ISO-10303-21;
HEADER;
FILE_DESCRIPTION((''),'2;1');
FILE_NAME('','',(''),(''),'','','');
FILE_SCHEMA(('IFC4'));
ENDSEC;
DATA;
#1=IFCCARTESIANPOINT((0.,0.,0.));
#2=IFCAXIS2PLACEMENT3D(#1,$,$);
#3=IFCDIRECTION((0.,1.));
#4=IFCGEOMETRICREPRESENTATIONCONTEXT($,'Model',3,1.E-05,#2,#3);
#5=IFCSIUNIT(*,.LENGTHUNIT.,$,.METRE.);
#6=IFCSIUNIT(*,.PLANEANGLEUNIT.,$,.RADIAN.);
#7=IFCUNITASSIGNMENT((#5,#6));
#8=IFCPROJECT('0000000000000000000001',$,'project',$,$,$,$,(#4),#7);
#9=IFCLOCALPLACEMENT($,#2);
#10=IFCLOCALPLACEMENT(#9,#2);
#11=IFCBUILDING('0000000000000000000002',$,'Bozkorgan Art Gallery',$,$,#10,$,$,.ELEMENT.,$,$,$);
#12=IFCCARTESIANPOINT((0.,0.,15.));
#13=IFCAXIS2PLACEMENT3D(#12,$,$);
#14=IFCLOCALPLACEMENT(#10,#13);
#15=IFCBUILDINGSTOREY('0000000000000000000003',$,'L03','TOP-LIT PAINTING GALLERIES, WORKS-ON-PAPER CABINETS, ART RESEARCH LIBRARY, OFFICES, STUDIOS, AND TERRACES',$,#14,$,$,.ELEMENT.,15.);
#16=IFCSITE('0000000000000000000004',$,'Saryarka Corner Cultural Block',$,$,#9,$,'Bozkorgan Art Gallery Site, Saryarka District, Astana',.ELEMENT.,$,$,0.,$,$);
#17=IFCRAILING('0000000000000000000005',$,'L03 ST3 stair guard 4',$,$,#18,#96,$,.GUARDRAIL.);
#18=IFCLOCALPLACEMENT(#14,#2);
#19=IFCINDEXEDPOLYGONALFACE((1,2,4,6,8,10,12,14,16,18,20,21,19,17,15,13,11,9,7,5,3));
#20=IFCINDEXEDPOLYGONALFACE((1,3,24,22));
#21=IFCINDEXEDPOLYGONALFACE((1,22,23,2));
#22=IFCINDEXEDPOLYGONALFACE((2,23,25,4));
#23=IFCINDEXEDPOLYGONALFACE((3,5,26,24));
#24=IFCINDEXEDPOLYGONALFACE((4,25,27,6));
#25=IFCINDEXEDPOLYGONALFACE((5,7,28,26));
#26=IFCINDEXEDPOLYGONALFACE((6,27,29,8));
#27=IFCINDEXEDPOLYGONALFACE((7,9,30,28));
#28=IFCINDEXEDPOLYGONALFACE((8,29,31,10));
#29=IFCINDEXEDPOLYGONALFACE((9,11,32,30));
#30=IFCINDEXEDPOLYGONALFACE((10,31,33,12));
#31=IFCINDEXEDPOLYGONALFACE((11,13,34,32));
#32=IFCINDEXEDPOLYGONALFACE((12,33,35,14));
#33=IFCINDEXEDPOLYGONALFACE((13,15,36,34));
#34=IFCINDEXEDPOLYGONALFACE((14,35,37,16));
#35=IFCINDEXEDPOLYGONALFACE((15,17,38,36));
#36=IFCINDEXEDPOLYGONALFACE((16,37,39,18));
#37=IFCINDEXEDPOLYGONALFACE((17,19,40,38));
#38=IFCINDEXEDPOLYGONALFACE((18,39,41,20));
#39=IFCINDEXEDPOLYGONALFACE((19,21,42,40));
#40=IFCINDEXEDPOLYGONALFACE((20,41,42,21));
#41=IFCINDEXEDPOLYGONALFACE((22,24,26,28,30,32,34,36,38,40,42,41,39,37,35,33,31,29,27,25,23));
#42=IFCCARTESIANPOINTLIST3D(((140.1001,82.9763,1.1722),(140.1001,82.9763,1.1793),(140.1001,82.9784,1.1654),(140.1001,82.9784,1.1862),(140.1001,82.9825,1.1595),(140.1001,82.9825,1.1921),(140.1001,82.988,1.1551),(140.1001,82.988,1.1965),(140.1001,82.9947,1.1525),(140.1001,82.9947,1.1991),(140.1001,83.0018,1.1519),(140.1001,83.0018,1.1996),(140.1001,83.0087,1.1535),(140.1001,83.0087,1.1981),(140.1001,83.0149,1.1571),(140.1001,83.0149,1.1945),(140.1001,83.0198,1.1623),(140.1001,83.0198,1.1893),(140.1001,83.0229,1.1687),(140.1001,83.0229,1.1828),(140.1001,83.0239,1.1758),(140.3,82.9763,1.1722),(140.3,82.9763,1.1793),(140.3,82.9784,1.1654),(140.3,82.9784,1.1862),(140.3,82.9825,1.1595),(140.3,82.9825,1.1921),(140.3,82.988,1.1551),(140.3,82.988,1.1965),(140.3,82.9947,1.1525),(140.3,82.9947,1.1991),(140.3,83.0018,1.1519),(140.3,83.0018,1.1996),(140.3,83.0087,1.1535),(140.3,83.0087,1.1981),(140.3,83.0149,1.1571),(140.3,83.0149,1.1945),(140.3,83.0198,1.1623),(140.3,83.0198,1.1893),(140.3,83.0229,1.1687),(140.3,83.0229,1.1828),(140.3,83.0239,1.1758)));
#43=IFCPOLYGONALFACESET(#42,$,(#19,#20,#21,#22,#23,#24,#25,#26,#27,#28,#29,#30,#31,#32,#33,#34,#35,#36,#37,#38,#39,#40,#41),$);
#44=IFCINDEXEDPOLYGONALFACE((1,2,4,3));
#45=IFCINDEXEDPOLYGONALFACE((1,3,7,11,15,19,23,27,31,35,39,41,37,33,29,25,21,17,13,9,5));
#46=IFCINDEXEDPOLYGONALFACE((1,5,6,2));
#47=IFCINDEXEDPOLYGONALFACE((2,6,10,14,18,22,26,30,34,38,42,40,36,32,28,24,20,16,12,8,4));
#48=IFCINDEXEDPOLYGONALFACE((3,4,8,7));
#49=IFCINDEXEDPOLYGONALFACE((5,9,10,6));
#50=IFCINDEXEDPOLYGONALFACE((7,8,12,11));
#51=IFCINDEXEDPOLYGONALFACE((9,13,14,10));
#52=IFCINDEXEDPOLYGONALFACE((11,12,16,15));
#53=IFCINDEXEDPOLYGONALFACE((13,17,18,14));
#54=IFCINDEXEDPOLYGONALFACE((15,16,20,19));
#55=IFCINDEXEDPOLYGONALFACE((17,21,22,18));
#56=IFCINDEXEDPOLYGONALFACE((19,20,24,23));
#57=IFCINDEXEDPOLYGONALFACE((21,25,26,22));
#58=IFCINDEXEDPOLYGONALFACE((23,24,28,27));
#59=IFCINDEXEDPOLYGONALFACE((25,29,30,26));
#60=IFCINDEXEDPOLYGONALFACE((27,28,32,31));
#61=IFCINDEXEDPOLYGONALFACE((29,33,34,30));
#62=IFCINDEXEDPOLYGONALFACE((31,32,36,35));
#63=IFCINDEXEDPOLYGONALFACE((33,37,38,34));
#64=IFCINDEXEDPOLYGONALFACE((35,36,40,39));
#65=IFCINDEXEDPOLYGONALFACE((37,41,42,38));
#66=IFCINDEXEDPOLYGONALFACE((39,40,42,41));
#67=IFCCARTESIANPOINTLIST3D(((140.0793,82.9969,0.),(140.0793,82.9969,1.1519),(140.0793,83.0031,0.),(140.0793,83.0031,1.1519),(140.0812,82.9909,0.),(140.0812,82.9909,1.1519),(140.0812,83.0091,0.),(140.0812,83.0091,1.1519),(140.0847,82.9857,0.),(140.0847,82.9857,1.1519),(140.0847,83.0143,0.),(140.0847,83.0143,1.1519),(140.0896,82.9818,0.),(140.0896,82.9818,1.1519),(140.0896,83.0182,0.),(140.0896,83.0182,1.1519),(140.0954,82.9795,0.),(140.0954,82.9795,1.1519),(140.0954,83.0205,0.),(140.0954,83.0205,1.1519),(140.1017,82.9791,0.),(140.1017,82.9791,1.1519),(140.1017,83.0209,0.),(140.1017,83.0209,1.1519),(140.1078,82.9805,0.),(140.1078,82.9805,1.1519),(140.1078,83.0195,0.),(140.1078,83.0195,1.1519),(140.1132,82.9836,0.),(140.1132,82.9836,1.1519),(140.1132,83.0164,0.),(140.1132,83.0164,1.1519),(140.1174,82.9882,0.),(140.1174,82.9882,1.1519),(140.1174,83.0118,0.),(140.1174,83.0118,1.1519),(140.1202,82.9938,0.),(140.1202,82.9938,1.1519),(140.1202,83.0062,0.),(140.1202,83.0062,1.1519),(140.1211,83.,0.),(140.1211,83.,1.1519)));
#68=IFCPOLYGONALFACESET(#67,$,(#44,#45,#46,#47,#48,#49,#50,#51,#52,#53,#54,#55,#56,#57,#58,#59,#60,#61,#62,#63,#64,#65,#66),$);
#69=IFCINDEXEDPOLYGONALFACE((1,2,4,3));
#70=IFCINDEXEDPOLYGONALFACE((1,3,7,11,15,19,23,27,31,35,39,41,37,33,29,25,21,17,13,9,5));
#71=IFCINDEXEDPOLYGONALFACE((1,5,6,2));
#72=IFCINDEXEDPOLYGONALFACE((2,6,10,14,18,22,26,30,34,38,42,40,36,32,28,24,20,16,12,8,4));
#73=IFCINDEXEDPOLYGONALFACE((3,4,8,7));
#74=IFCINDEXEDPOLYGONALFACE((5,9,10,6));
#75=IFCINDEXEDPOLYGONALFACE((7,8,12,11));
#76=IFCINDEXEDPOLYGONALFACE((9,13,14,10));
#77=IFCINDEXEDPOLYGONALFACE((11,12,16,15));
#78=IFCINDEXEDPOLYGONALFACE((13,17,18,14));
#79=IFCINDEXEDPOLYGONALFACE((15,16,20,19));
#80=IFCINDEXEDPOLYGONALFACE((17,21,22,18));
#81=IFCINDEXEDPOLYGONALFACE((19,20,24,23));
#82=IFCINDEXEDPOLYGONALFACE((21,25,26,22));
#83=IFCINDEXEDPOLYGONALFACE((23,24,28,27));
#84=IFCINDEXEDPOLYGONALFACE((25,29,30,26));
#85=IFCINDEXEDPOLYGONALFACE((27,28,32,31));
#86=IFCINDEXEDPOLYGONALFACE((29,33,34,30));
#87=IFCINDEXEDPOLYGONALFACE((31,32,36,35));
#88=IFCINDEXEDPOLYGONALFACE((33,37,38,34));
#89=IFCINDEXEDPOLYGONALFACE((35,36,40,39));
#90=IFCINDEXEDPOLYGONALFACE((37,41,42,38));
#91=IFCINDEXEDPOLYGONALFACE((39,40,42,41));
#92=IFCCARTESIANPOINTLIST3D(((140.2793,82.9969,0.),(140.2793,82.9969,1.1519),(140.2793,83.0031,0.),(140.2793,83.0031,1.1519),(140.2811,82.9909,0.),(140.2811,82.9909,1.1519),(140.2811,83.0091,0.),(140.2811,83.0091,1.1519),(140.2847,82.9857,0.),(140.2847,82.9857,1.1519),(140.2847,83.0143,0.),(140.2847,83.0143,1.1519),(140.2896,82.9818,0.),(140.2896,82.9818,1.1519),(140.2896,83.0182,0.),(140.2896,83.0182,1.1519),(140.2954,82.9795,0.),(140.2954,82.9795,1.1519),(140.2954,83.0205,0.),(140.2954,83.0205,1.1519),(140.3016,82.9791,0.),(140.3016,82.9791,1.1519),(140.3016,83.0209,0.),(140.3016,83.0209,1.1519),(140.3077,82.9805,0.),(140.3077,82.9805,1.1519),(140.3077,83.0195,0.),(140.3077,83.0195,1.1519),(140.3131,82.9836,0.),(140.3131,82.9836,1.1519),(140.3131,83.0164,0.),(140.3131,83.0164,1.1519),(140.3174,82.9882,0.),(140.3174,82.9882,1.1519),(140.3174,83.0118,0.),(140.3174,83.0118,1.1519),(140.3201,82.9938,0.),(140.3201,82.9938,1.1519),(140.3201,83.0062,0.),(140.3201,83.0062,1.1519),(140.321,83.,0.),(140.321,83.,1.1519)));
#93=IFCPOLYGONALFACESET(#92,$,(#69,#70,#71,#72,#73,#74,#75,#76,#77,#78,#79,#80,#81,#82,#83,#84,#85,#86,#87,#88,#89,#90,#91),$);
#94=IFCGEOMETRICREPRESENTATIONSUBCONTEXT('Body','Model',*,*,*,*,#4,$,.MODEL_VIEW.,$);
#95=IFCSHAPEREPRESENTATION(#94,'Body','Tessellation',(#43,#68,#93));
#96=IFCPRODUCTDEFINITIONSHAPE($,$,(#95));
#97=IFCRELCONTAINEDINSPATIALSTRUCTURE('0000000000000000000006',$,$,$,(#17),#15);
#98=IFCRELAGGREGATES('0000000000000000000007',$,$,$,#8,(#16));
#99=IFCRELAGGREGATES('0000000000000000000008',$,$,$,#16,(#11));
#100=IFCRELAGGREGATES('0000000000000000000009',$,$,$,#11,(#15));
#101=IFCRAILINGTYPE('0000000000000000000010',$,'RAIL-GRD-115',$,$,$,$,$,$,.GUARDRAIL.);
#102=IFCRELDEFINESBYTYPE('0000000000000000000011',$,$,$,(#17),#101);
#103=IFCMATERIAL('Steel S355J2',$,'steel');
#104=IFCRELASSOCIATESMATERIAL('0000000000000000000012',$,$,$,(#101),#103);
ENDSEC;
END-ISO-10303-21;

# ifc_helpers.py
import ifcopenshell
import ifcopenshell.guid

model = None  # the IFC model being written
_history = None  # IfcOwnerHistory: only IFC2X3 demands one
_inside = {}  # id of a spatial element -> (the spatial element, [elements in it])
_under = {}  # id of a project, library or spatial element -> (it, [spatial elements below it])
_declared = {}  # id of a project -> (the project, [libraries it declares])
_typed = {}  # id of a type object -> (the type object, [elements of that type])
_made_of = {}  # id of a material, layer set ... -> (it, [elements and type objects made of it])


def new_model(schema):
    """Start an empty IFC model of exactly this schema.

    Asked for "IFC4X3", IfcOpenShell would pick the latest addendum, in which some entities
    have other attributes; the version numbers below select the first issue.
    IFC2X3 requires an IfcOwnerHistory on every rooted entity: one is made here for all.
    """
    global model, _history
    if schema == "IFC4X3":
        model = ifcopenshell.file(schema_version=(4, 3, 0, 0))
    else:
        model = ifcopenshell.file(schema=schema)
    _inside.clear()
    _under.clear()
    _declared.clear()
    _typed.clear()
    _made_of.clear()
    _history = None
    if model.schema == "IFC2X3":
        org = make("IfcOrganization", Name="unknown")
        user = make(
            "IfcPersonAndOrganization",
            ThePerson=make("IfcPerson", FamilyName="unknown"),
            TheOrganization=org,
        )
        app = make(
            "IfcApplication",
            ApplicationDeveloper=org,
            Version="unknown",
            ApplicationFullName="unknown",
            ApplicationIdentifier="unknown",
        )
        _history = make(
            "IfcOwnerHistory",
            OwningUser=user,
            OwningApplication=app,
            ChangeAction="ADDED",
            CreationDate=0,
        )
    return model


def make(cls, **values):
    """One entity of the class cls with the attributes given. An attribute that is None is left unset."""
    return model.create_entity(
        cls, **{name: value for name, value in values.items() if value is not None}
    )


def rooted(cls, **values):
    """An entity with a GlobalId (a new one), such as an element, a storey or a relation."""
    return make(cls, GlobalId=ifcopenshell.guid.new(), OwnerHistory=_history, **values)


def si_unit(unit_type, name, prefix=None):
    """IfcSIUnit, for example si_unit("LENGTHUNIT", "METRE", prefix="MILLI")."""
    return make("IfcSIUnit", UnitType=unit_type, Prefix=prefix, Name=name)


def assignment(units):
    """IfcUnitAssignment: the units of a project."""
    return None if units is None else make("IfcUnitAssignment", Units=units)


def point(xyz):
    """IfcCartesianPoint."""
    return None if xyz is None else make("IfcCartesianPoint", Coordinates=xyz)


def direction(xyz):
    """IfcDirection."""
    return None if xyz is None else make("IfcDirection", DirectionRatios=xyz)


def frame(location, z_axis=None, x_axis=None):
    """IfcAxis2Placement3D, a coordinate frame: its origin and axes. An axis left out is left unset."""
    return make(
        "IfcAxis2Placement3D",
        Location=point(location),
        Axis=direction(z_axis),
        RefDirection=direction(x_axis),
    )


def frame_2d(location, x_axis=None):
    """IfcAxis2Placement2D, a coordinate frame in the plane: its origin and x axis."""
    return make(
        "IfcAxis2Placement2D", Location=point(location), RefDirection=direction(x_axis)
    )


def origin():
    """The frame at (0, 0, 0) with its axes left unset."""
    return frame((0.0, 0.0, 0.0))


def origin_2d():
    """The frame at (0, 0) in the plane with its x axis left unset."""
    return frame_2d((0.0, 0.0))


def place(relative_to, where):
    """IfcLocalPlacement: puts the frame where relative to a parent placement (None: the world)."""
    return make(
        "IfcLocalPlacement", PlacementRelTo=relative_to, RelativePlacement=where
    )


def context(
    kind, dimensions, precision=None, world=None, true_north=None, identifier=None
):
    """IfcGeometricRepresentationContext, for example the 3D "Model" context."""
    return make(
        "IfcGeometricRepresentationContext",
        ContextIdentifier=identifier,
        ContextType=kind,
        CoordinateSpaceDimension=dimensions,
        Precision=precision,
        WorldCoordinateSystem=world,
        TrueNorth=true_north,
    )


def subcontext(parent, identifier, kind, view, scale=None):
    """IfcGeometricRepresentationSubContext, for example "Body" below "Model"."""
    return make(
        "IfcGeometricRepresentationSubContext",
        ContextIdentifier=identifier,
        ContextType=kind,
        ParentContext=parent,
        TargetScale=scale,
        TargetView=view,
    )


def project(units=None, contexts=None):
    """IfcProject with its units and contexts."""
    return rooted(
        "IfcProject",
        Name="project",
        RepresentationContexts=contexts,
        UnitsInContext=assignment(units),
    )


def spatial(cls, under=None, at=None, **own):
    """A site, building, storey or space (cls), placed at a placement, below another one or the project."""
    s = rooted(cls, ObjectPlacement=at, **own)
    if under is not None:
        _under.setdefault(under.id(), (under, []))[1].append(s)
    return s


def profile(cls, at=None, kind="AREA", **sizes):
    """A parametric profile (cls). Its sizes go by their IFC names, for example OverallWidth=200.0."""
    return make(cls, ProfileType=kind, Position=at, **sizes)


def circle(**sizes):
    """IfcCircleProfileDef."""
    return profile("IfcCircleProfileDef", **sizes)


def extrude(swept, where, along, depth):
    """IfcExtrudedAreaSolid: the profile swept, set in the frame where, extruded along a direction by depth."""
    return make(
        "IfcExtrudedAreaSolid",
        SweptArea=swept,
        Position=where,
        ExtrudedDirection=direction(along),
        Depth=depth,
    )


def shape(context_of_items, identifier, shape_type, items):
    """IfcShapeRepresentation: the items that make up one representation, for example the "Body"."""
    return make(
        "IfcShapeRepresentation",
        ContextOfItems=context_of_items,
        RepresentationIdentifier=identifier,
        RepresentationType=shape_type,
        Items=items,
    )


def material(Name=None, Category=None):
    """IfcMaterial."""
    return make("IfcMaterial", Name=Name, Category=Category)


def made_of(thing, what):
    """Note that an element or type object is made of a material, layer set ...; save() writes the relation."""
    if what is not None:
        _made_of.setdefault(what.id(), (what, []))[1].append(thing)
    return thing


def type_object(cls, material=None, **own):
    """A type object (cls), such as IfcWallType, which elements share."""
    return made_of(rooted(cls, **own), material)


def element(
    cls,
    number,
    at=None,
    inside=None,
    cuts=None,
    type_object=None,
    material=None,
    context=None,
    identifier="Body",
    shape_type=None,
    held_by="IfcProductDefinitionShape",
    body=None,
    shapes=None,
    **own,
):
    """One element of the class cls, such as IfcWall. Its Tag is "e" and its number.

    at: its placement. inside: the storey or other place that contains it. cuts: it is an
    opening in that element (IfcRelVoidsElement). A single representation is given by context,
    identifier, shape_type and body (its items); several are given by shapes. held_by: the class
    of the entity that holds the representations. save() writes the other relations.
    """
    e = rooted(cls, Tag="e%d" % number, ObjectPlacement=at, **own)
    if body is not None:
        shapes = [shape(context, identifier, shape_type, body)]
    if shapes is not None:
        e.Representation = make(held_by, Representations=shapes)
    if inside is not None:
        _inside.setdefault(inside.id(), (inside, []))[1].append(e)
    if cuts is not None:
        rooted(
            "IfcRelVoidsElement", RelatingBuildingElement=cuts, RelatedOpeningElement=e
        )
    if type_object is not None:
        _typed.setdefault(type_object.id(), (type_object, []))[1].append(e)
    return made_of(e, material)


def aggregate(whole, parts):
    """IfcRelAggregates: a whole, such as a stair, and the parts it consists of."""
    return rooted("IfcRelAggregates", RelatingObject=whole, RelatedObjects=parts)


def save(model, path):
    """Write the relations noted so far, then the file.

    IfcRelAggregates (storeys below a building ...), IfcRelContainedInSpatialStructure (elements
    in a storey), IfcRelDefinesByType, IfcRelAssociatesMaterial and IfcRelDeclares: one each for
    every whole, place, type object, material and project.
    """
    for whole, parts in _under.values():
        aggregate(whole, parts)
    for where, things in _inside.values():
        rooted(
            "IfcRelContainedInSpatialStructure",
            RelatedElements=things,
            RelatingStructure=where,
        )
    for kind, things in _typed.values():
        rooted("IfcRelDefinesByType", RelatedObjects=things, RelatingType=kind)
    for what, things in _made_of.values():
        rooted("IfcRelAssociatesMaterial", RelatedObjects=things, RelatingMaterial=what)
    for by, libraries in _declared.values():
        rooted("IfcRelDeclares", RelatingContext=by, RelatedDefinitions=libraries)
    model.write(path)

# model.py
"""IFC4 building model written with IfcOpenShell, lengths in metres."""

from ifc_helpers import new_model, si_unit, direction, frame, origin, origin_2d, place, context, subcontext, project, spatial, circle, extrude, material, type_object, element, save


model = new_model("IFC4")

# Units and contexts
model_context = context("Model", 3, precision=1e-05, world=origin(), true_north=direction((0.0, 1.0)))
body_context = subcontext(model_context, "Body", "Model", "MODEL_VIEW")
ifc_project = project(units=[si_unit("LENGTHUNIT", "METRE"), si_unit("PLANEANGLEUNIT", "RADIAN")], contexts=[model_context])

# Site, building, storey
site_placement = place(None, origin())
site = spatial("IfcSite", under=ifc_project, at=site_placement, Name="Saryarka Corner Cultural Block", LongName="Bozkorgan Art Gallery Site, Saryarka District, Astana", CompositionType="ELEMENT", RefElevation=0.0)
building_placement = place(site_placement, origin())
building = spatial("IfcBuilding", under=site, at=building_placement, Name="Bozkorgan Art Gallery", CompositionType="ELEMENT")
storey_placement = place(building_placement, frame((0.0, 0.0, 15.0)))
storey = spatial("IfcBuildingStorey", under=building, at=storey_placement, Name="L03", Description="TOP-LIT PAINTING GALLERIES, WORKS-ON-PAPER CABINETS, ART RESEARCH LIBRARY, OFFICES, STUDIOS, AND TERRACES", CompositionType="ELEMENT", Elevation=15.0)

# Shared definitions
ifc_material_1 = material(Name="Steel S355J2", Category="steel")

# Railing
railing_type_1 = type_object("IfcRailingType", Name="RAIL-GRD-115", PredefinedType="GUARDRAIL", material=ifc_material_1)
railing_1_placement = place(storey_placement, frame((140.1001, 83.0, 0.0)))
element("IfcRailing", 1, at=railing_1_placement, inside=storey, type_object=railing_type_1, Name="L03 ST3 stair guard 4", PredefinedType="GUARDRAIL", context=body_context, shape_type="SweptSolid", body=[
    extrude(circle(Radius=0.0239, at=origin_2d()), frame((0.0, 0.0, 1.1758), z_axis=(1.0, 0.0, 0.0), x_axis=(0.0, 1.0, 0.0)), (0.0, 0.0, 1.0), 0.2),
    extrude(circle(Radius=0.021, at=origin_2d()), origin(), (0.0, 0.0, 1.0), 1.1519),
    extrude(circle(Radius=0.021, at=origin_2d()), frame((0.2, 0.0, 0.0)), (0.0, 0.0, 1.0), 1.1519),
])

save(model, "model.ifc")
